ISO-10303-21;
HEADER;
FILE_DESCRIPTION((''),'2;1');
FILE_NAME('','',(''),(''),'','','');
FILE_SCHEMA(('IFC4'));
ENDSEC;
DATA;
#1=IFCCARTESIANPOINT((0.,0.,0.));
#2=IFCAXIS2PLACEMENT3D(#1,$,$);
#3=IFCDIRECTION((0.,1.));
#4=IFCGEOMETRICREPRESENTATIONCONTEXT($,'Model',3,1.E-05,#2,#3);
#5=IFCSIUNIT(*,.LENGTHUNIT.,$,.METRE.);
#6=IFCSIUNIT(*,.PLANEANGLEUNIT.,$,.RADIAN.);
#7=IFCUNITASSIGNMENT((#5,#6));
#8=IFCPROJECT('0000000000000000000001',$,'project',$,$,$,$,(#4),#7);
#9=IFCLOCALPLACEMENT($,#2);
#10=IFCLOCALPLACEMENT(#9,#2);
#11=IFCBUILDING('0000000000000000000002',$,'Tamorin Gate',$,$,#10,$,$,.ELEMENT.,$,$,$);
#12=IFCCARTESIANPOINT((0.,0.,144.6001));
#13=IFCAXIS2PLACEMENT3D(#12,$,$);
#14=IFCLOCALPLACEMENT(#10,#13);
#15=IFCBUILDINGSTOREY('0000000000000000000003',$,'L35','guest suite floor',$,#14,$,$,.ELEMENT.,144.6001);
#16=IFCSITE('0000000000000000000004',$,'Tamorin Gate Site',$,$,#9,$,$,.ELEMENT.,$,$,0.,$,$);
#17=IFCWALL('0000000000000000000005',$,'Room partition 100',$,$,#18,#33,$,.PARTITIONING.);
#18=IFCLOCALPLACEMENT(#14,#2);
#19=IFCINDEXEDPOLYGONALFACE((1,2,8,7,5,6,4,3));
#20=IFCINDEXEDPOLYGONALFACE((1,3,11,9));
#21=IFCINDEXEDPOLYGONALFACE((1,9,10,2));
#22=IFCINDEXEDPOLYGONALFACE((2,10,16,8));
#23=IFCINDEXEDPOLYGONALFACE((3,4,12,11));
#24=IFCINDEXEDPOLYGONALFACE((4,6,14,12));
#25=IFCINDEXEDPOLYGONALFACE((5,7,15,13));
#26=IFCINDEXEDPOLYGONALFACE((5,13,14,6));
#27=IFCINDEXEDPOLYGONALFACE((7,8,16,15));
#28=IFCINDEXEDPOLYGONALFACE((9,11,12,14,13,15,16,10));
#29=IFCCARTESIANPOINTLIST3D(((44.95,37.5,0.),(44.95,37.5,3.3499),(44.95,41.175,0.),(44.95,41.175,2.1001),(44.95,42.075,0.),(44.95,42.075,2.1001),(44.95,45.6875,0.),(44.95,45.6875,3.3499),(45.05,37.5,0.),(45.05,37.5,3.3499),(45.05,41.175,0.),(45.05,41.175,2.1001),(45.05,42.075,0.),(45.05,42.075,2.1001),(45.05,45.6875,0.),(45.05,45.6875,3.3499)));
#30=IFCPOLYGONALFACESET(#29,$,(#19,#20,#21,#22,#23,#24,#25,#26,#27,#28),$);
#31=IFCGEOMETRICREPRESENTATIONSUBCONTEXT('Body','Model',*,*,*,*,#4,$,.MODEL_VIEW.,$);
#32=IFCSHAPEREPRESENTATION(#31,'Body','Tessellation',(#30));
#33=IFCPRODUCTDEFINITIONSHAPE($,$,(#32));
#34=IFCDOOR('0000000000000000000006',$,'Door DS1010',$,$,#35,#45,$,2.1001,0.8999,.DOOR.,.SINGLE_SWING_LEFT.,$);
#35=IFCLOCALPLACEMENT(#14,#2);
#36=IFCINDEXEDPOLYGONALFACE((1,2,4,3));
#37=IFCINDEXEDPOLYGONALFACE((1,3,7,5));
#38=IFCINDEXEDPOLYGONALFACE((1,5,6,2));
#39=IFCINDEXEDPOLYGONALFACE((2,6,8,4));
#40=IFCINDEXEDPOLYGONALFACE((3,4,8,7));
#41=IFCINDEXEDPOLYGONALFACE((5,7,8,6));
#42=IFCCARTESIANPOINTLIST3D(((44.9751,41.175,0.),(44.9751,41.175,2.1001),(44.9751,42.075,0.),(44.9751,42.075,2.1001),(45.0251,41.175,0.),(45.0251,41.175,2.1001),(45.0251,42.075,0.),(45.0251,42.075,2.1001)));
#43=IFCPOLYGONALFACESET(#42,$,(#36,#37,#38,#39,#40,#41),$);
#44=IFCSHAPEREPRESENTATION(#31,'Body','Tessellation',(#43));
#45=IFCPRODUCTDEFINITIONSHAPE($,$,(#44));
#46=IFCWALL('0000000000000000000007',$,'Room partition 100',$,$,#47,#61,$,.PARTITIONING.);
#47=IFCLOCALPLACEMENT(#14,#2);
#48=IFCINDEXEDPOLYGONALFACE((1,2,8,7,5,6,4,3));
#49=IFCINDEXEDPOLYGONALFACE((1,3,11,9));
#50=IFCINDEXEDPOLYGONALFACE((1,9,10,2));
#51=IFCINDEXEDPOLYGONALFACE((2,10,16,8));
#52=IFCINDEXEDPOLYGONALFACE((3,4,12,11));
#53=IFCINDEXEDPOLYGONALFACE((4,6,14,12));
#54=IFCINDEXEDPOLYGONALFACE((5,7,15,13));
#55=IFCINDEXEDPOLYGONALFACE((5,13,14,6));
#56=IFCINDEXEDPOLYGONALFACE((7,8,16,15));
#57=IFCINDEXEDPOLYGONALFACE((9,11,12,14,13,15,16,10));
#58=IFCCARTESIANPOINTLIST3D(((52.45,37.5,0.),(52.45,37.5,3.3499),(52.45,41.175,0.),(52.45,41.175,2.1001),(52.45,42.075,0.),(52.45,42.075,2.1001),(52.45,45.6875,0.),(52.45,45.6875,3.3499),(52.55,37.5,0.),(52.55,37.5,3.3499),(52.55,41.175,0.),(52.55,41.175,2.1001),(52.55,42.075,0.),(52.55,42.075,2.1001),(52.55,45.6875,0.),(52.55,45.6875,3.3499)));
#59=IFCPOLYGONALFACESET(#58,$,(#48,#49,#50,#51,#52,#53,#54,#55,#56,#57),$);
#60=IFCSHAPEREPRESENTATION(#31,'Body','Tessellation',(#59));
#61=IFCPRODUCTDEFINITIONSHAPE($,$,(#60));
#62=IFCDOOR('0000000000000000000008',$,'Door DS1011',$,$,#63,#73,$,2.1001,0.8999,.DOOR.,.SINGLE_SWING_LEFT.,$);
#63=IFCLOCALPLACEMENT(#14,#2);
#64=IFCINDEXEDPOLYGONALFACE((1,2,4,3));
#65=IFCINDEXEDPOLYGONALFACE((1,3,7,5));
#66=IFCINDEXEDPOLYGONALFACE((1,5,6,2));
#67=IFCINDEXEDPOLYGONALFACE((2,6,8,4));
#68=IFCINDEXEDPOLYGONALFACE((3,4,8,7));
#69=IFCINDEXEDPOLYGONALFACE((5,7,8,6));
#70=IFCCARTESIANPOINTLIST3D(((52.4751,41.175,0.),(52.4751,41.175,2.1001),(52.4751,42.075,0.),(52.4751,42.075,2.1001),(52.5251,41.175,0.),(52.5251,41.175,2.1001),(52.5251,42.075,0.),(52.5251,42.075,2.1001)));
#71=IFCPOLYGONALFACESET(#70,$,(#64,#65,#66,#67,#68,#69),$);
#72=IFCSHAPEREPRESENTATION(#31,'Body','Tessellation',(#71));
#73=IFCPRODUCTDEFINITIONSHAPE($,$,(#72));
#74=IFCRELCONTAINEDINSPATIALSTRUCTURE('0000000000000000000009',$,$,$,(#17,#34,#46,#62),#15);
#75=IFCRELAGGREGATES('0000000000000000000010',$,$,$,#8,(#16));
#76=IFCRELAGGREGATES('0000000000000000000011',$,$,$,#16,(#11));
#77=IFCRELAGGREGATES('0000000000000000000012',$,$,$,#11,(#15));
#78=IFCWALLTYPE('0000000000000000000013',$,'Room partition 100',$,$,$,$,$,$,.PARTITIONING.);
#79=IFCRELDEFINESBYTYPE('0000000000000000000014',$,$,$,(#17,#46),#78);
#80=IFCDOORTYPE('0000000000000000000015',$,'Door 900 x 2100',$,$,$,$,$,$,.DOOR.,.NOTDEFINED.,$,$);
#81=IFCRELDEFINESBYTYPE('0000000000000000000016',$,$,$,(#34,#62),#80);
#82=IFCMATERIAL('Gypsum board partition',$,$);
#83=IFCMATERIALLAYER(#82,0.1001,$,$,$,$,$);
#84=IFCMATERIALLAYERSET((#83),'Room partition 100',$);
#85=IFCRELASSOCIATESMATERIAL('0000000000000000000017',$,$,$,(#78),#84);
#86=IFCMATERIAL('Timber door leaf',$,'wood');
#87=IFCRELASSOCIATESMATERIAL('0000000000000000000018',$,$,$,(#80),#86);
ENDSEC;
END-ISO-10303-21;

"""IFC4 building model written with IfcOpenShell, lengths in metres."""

from ifc_helpers import new_model, si_unit, direction, frame, frame_2d, origin, place, context, subcontext, project, spatial, rectangle, extrude, material, layer, layer_set, type_object, element, fill, save


model = new_model("IFC4")

# Units and contexts
model_context = context("Model", 3, precision=1e-05, world=origin(), true_north=direction((0.0, 1.0)))
body_context = subcontext(model_context, "Body", "Model", "MODEL_VIEW")
ifc_project = project(units=[si_unit("LENGTHUNIT", "METRE"), si_unit("PLANEANGLEUNIT", "RADIAN")], contexts=[model_context])

# Site, building, storey
site_placement = place(None, origin())
site = spatial("IfcSite", under=ifc_project, at=site_placement, Name="Tamorin Gate Site", CompositionType="ELEMENT", RefElevation=0.0)
building_placement = place(site_placement, origin())
building = spatial("IfcBuilding", under=site, at=building_placement, Name="Tamorin Gate", CompositionType="ELEMENT")
storey_placement = place(building_placement, frame((0.0, 0.0, 144.6001)))
storey = spatial("IfcBuildingStorey", under=building, at=storey_placement, Name="L35", Description="guest suite floor", CompositionType="ELEMENT", Elevation=144.6001)

# Shared definitions
ifc_material_1 = material(Name="Gypsum board partition")

# Walls, openings, doors
ifc_layer_1 = layer(ifc_material_1, 0.1001)
ifc_layer_set_1 = layer_set([ifc_layer_1], Name="Room partition 100")
wall_type_1 = type_object("IfcWallType", Name="Room partition 100", PredefinedType="PARTITIONING", material=ifc_layer_set_1)
wall_1_placement = place(storey_placement, frame((45.0, 37.5, 0.0), z_axis=(0.0, 0.0, 1.0), x_axis=(0.0, 1.0, 0.0)))
wall_1 = element("IfcWall", 1, at=wall_1_placement, inside=storey, type_object=wall_type_1, Name="Room partition 100", PredefinedType="PARTITIONING", context=body_context, shape_type="SweptSolid", body=[
    extrude(rectangle(XDim=8.1875, YDim=0.1001, at=frame_2d((4.0938, 0.0))), origin(), (0.0, 0.0, 1.0), 3.3499),
])
opening_1_placement = place(wall_1_placement, frame((3.675, 0.0, 0.0)))
opening_1 = element("IfcOpeningElement", 2, at=opening_1_placement, cuts=wall_1, PredefinedType="OPENING", context=body_context, shape_type="SweptSolid", body=[
    extrude(rectangle(XDim=0.8999, YDim=2.1001, at=frame_2d((0.45, 1.05))), frame((0.0, 0.0601, 0.0), z_axis=(0.0, -1.0, 0.0), x_axis=(1.0, 0.0, 0.0)), (0.0, 0.0, 1.0), 0.1201),
])
ifc_material_2 = material(Name="Timber door leaf", Category="wood")
door_type = type_object("IfcDoorType", Name="Door 900 x 2100", OperationType="NOTDEFINED", PredefinedType="DOOR", material=ifc_material_2)
door_1_placement = place(opening_1_placement, origin())
door_1 = element("IfcDoor", 3, at=door_1_placement, inside=storey, type_object=door_type, Name="Door DS1010", OperationType="SINGLE_SWING_LEFT", OverallHeight=2.1001, OverallWidth=0.8999, PredefinedType="DOOR", context=body_context, shape_type="SweptSolid", body=[
    extrude(rectangle(XDim=0.8999, YDim=2.1001, at=frame_2d((0.45, 1.05))), frame((0.0, 0.0249, 0.0), z_axis=(0.0, -1.0, 0.0), x_axis=(1.0, 0.0, 0.0)), (0.0, 0.0, 1.0), 0.05),
])
fill(opening_1, door_1)
wall_2_placement = place(storey_placement, frame((52.5, 37.5, 0.0), z_axis=(0.0, 0.0, 1.0), x_axis=(0.0, 1.0, 0.0)))
wall_2 = element("IfcWall", 4, at=wall_2_placement, inside=storey, type_object=wall_type_1, Name="Room partition 100", PredefinedType="PARTITIONING", context=body_context, shape_type="SweptSolid", body=[
    extrude(rectangle(XDim=8.1875, YDim=0.1001, at=frame_2d((4.0938, 0.0))), origin(), (0.0, 0.0, 1.0), 3.3499),
])
opening_2_placement = place(wall_2_placement, frame((3.675, 0.0, 0.0)))
opening_2 = element("IfcOpeningElement", 5, at=opening_2_placement, cuts=wall_2, PredefinedType="OPENING", context=body_context, shape_type="SweptSolid", body=[
    extrude(rectangle(XDim=0.8999, YDim=2.1001, at=frame_2d((0.45, 1.05))), frame((0.0, 0.0601, 0.0), z_axis=(0.0, -1.0, 0.0), x_axis=(1.0, 0.0, 0.0)), (0.0, 0.0, 1.0), 0.1201),
])
door_2_placement = place(opening_2_placement, origin())
door_2 = element("IfcDoor", 6, at=door_2_placement, inside=storey, type_object=door_type, Name="Door DS1011", OperationType="SINGLE_SWING_LEFT", OverallHeight=2.1001, OverallWidth=0.8999, PredefinedType="DOOR", context=body_context, shape_type="SweptSolid", body=[
    extrude(rectangle(XDim=0.8999, YDim=2.1001, at=frame_2d((0.45, 1.05))), frame((0.0, 0.0249, 0.0), z_axis=(0.0, -1.0, 0.0), x_axis=(1.0, 0.0, 0.0)), (0.0, 0.0, 1.0), 0.05),
])
fill(opening_2, door_2)

save(model, "model.ifc")
